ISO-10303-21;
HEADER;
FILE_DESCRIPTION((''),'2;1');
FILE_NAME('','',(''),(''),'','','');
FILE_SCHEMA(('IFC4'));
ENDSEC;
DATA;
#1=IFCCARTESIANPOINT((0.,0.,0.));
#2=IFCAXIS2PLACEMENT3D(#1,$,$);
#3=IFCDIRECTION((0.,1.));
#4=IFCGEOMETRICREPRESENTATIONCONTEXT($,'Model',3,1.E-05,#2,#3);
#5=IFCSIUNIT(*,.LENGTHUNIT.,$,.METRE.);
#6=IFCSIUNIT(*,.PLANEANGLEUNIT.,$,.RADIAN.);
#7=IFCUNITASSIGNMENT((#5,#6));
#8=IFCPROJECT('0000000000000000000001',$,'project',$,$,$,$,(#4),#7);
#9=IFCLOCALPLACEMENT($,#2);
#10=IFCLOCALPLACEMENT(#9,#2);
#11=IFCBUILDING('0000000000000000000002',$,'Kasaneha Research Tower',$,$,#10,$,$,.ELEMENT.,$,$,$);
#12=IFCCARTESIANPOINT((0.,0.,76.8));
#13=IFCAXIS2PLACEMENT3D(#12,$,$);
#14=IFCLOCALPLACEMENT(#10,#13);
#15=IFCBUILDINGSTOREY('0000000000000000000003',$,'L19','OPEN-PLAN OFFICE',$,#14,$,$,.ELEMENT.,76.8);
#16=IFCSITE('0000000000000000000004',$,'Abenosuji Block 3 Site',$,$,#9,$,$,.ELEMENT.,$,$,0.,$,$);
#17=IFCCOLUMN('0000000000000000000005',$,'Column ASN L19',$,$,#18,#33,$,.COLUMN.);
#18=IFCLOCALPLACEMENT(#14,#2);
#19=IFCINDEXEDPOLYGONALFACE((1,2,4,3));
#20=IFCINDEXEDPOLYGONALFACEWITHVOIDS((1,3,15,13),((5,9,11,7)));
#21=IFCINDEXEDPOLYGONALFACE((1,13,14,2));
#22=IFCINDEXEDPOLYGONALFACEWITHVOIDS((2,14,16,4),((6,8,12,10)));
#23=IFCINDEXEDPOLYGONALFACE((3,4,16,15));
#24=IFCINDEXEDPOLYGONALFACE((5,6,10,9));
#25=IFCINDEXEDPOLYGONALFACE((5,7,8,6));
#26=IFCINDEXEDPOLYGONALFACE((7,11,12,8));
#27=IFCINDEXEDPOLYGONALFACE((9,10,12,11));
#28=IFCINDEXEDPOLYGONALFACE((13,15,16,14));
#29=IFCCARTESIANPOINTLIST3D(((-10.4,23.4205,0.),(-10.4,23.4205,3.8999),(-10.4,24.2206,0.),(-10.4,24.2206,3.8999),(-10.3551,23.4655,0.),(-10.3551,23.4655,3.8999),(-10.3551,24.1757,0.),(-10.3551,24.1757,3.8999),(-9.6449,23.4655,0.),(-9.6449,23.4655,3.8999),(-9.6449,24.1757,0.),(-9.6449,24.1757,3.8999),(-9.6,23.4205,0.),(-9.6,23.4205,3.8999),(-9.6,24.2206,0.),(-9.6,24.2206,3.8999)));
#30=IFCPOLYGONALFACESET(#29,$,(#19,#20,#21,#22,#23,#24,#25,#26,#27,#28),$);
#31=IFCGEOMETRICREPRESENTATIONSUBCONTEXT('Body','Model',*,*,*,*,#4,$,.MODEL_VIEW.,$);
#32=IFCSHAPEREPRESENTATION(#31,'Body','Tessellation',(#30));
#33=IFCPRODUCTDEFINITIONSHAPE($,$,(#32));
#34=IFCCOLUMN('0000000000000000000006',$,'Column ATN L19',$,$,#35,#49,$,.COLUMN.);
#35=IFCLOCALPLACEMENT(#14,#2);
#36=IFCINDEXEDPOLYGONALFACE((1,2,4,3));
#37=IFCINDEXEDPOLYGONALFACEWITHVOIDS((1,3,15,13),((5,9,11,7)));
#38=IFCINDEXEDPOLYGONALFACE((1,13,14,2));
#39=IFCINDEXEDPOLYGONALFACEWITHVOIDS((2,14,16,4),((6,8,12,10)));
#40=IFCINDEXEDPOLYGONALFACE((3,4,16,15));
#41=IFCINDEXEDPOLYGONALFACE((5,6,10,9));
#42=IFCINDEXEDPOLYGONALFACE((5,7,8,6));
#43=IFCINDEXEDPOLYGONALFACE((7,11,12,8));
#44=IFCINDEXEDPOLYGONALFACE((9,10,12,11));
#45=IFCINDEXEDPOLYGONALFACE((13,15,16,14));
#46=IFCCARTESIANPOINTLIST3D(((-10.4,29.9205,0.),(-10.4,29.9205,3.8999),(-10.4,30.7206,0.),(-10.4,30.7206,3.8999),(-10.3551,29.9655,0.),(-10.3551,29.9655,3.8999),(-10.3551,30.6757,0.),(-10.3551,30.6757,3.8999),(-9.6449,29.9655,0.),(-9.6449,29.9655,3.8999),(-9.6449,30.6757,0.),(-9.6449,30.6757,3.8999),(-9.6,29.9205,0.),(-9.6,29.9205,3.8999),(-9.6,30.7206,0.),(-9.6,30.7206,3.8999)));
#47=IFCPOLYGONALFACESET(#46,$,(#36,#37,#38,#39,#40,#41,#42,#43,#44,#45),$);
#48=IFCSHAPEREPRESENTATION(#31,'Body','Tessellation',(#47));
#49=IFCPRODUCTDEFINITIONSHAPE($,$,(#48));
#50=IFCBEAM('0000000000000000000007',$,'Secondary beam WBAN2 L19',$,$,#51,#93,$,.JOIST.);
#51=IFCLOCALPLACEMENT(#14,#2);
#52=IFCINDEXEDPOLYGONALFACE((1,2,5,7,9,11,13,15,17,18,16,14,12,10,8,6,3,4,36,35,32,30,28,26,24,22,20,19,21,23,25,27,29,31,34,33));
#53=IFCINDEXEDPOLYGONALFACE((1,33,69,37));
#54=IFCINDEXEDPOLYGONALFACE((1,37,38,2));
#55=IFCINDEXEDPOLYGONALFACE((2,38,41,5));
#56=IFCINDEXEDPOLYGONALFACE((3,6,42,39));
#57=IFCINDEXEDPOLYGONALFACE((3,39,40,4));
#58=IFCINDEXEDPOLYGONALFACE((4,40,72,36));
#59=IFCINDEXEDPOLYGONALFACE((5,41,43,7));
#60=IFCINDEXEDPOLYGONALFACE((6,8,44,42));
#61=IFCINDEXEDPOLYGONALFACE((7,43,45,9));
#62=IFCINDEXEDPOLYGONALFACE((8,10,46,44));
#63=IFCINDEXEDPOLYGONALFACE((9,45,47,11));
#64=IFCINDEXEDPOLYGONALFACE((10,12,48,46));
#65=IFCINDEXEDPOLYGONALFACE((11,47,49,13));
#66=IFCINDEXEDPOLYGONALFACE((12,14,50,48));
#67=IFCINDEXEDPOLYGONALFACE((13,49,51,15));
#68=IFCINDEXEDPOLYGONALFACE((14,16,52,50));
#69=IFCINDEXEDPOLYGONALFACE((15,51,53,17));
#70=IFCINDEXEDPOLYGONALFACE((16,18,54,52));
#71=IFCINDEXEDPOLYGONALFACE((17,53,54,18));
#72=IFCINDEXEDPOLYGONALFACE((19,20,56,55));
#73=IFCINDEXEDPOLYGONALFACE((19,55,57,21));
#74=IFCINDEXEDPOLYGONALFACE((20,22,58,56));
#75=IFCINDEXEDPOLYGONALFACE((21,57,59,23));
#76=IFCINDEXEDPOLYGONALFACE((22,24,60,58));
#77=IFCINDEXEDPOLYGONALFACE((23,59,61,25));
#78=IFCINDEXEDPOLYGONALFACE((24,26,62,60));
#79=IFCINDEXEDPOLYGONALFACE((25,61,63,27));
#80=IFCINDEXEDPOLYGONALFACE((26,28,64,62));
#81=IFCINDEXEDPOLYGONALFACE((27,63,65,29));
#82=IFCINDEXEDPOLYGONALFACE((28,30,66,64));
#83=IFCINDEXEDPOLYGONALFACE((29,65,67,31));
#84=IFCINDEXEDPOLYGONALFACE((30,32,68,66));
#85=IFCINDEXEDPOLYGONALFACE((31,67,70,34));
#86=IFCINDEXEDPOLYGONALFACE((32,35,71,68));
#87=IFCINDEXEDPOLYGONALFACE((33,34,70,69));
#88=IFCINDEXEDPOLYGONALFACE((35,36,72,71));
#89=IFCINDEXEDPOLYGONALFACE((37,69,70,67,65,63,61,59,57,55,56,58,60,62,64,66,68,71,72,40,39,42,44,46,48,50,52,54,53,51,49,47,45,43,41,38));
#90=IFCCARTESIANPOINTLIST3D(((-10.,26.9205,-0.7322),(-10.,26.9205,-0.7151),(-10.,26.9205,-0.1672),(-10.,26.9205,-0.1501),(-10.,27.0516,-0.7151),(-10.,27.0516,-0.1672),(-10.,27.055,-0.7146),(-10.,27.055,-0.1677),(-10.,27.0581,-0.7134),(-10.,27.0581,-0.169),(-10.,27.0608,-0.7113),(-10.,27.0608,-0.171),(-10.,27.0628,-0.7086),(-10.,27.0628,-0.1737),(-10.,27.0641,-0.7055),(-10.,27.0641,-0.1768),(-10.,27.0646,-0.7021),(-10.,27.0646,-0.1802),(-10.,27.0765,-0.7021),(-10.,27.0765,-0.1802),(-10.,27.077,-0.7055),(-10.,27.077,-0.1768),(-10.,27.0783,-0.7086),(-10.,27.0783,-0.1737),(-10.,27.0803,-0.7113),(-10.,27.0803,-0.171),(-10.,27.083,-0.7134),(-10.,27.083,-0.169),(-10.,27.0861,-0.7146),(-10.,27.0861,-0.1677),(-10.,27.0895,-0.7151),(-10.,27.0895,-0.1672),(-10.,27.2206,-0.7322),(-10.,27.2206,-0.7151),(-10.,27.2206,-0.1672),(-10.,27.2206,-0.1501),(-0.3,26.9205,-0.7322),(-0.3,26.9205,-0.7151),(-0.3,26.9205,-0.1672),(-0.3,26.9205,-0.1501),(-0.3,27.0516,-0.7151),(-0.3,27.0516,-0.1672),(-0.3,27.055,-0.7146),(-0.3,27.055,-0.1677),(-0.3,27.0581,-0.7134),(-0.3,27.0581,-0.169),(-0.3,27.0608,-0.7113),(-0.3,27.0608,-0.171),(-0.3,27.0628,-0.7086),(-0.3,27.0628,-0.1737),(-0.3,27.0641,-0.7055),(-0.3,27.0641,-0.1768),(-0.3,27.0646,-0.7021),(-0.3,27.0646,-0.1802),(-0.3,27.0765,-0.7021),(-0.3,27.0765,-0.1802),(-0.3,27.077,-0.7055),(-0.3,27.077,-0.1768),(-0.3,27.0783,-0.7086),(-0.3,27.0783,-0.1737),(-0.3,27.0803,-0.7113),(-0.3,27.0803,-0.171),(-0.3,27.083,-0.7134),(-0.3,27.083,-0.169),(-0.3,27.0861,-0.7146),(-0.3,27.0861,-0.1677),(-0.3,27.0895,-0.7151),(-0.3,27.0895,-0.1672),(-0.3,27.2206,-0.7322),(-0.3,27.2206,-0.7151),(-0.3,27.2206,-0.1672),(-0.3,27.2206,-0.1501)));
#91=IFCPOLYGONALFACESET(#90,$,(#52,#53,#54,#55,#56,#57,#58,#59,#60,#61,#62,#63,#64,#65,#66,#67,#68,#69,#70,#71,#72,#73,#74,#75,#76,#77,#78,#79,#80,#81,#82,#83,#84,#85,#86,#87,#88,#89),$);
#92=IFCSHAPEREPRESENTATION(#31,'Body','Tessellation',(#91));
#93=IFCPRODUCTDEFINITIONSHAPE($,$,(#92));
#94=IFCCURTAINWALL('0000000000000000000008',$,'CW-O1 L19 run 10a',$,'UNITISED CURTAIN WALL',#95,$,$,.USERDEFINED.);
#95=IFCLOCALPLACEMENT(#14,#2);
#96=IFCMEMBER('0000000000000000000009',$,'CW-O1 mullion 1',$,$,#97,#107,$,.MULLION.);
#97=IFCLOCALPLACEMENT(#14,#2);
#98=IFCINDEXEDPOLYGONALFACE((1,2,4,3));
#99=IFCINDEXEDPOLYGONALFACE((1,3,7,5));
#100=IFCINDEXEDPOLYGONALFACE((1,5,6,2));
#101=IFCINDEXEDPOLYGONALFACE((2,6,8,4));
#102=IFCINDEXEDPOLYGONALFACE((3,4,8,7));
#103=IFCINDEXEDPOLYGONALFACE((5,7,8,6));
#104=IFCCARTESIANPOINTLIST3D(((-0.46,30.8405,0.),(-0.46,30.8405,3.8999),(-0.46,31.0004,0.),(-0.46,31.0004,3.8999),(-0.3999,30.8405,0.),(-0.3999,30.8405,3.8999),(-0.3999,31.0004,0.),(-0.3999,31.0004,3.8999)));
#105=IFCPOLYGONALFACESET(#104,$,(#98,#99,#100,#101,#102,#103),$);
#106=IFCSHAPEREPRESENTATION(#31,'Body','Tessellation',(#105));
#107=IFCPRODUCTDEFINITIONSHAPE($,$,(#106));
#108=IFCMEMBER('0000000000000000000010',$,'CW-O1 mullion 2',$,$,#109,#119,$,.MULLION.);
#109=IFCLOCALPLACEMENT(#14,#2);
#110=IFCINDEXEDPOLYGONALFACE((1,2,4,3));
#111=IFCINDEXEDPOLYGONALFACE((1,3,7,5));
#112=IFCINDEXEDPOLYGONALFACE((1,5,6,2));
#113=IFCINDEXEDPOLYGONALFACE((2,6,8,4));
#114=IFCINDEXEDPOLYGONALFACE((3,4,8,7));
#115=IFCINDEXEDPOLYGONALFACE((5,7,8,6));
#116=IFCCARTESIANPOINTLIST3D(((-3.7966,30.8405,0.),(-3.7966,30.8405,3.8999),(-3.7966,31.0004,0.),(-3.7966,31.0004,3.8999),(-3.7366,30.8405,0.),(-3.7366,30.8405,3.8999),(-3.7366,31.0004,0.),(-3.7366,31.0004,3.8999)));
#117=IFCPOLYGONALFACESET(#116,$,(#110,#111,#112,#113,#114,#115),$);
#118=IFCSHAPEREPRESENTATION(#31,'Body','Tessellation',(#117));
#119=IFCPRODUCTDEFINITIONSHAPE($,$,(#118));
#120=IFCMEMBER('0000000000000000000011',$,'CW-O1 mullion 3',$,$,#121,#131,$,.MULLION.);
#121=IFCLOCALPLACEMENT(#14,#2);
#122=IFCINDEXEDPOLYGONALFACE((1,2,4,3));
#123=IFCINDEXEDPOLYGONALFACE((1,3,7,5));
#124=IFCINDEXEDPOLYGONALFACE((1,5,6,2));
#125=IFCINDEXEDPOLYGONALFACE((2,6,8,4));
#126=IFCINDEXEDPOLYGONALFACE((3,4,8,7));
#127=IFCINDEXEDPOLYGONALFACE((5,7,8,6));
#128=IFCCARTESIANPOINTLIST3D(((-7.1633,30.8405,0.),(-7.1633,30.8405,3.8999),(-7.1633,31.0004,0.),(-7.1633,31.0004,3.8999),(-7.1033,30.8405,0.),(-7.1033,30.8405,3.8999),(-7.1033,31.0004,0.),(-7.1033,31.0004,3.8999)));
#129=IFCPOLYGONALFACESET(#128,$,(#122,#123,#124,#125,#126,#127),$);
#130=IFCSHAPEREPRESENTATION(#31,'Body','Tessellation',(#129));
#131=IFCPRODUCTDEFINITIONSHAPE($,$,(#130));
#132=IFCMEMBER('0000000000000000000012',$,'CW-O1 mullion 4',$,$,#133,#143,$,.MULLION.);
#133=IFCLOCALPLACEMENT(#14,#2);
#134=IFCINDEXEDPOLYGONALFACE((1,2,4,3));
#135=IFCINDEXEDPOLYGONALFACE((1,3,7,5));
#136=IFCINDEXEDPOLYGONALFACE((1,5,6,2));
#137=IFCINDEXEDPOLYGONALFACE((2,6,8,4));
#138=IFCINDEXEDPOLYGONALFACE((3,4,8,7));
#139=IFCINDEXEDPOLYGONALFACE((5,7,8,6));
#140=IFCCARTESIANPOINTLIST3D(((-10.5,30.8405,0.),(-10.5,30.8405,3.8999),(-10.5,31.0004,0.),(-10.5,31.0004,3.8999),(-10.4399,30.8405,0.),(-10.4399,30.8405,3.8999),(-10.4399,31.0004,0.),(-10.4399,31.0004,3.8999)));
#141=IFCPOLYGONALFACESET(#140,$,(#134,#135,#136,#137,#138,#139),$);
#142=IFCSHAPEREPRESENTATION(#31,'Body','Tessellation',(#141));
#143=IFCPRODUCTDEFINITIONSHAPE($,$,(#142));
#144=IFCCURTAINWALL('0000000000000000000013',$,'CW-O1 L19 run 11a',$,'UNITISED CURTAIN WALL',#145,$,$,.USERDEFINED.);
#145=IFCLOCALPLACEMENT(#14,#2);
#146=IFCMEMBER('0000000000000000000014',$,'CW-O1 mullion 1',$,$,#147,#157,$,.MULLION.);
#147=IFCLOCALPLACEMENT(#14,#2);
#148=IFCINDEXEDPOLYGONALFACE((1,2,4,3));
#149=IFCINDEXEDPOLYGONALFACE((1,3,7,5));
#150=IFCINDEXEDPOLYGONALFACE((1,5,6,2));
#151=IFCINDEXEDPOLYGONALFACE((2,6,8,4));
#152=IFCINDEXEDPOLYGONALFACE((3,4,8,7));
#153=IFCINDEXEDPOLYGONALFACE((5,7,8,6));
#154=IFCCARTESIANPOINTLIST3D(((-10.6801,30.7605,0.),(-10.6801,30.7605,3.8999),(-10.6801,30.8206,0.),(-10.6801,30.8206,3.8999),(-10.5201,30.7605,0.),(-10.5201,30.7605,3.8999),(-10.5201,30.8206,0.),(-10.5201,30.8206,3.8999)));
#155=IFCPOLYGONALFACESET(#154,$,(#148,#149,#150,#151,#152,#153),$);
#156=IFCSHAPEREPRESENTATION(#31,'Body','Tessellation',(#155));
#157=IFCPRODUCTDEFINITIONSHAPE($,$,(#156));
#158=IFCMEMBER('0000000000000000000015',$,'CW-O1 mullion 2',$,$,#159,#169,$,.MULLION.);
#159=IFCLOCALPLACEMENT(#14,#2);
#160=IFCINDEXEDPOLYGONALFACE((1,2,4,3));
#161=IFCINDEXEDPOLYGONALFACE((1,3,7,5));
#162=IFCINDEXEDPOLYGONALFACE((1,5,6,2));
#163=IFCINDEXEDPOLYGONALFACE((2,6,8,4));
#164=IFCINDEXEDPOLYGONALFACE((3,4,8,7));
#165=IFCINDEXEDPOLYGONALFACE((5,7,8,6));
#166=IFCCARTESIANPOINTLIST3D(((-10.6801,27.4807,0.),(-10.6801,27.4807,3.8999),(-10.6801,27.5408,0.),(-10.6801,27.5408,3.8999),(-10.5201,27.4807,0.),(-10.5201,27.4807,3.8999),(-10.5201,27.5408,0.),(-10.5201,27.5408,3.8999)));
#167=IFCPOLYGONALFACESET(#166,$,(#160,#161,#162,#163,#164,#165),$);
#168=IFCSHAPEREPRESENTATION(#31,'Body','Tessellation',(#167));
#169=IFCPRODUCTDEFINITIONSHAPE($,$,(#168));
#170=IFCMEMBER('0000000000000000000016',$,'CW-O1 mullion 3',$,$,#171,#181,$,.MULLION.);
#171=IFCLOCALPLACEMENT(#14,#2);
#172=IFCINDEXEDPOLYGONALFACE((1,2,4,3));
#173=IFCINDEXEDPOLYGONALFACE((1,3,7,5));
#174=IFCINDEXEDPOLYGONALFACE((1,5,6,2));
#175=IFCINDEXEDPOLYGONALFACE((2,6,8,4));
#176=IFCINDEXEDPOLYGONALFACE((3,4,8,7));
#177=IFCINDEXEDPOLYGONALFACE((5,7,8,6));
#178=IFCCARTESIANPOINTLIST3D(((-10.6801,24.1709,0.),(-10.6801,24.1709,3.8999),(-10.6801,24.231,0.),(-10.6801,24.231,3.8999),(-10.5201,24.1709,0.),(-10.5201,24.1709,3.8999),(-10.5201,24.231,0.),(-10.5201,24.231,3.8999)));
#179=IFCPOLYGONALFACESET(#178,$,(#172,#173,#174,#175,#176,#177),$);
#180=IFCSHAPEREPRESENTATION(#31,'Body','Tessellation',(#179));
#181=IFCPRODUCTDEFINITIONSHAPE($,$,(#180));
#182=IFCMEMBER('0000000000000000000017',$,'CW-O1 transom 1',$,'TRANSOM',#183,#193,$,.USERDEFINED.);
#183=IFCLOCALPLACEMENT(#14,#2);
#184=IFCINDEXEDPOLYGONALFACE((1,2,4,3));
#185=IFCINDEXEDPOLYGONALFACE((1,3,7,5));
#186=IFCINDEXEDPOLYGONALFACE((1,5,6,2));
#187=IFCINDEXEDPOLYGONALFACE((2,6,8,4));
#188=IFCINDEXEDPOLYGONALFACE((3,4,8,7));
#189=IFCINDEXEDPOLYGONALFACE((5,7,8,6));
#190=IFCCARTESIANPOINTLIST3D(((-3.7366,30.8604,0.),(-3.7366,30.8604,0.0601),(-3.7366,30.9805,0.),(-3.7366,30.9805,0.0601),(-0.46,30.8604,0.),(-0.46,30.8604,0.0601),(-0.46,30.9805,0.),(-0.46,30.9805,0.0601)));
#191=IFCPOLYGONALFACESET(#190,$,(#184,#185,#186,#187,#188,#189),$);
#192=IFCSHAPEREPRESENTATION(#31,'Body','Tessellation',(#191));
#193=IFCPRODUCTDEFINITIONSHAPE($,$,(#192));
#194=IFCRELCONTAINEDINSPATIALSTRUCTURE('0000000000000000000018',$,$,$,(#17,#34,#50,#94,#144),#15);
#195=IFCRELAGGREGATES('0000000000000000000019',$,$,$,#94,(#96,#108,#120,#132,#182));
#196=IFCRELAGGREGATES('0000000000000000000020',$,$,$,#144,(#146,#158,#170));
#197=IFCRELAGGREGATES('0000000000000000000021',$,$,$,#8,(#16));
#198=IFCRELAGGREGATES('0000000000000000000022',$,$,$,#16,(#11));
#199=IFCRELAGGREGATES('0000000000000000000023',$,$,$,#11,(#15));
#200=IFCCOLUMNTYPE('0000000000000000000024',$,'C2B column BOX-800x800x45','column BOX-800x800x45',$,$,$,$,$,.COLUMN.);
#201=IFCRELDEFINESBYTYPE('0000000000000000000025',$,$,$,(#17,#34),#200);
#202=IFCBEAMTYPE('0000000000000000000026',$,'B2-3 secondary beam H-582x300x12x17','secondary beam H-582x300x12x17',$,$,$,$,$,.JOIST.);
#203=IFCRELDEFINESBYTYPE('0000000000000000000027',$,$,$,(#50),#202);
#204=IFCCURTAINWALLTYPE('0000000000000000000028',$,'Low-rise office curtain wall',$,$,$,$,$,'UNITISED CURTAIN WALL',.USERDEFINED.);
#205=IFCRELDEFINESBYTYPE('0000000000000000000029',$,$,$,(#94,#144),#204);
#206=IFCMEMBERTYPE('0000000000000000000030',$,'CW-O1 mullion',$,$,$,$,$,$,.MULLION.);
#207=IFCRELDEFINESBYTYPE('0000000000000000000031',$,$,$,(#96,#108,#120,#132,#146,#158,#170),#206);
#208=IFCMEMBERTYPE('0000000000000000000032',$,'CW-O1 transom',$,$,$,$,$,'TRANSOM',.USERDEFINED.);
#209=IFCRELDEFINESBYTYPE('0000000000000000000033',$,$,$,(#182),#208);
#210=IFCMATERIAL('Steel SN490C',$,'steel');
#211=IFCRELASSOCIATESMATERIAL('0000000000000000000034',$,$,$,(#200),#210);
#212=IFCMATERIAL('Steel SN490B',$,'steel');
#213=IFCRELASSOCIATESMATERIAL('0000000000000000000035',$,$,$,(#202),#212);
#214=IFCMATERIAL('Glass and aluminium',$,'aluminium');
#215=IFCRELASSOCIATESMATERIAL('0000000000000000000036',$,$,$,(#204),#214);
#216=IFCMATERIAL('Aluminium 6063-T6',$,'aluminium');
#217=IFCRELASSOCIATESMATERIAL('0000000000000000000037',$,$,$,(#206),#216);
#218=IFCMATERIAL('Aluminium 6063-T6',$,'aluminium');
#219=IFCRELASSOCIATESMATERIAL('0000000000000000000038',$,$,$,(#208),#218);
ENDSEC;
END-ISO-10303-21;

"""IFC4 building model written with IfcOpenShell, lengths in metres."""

from ifc_helpers import new_model, si_unit, direction, frame, origin, origin_2d, place, context, subcontext, project, spatial, rectangle, hollow_rectangle, i_section, extrude, material, material_profile, profile_set, type_object, element, aggregate, save


model = new_model("IFC4")

# Units and contexts
model_context = context("Model", 3, precision=1e-05, world=origin(), true_north=direction((0.0, 1.0)))
body_context = subcontext(model_context, "Body", "Model", "MODEL_VIEW")
ifc_project = project(units=[si_unit("LENGTHUNIT", "METRE"), si_unit("PLANEANGLEUNIT", "RADIAN")], contexts=[model_context])

# Site, building, storey
site_placement = place(None, origin())
site = spatial("IfcSite", under=ifc_project, at=site_placement, Name="Abenosuji Block 3 Site", CompositionType="ELEMENT", RefElevation=0.0)
building_placement = place(site_placement, origin())
building = spatial("IfcBuilding", under=site, at=building_placement, Name="Kasaneha Research Tower", CompositionType="ELEMENT")
storey_placement = place(building_placement, frame((0.0, 0.0, 76.8)))
storey = spatial("IfcBuildingStorey", under=building, at=storey_placement, Name="L19", Description="OPEN-PLAN OFFICE", CompositionType="ELEMENT", Elevation=76.8)

# Columns
ifc_material_1 = material(Name="Steel SN490C", Category="steel")
ifc_material_profile_1 = material_profile(ifc_material_1, hollow_rectangle(XDim=0.8, YDim=0.8, WallThickness=0.0449, at=origin_2d()), Name="BOX-800x800x45")
ifc_profile_set_1 = profile_set([ifc_material_profile_1], Name="Steel SN490C")
column_type = type_object("IfcColumnType", Name="C2B column BOX-800x800x45", Description="column BOX-800x800x45", PredefinedType="COLUMN", material=ifc_profile_set_1)
for number, where, z_axis, x_axis, name in (
    (1, (-10.0, 23.8206, 0.0), (0.0, 0.0, 1.0), (1.0, 0.0, 0.0), "Column ASN L19"),
    (2, (-10.0, 30.3206, 0.0), (0.0, 0.0, 1.0), (1.0, 0.0, 0.0), "Column ATN L19"),
):
    element("IfcColumn", number, at=place(storey_placement, frame(where, z_axis=z_axis, x_axis=x_axis)), inside=storey, type_object=column_type, Name=name, PredefinedType="COLUMN", context=body_context, shape_type="SweptSolid", body=[
        extrude(hollow_rectangle(XDim=0.8, YDim=0.8, WallThickness=0.0449, at=origin_2d()), origin(), (0.0, 0.0, 1.0), 3.8999),
    ])

# Beam
ifc_material_2 = material(Name="Steel SN490B", Category="steel")
ifc_material_profile_2 = material_profile(ifc_material_2, i_section(OverallWidth=0.3, OverallDepth=0.582, WebThickness=0.012, FlangeThickness=0.0171, FilletRadius=0.0129, at=origin_2d()), Name="H-582x300x12x17")
ifc_profile_set_2 = profile_set([ifc_material_profile_2], Name="Steel SN490B")
beam_type_1 = type_object("IfcBeamType", Name="B2-3 secondary beam H-582x300x12x17", Description="secondary beam H-582x300x12x17", PredefinedType="JOIST", material=ifc_profile_set_2)
beam_1_placement = place(storey_placement, frame((-10.0, 27.0706, -0.4412), z_axis=(1.0, 0.0, 0.0), x_axis=(0.0, 1.0, 0.0)))
element("IfcBeam", 3, at=beam_1_placement, inside=storey, type_object=beam_type_1, Name="Secondary beam WBAN2 L19", PredefinedType="JOIST", context=body_context, shape_type="SweptSolid", body=[
    extrude(i_section(OverallWidth=0.3, OverallDepth=0.582, WebThickness=0.012, FlangeThickness=0.0171, FilletRadius=0.0129, at=origin_2d()), origin(), (0.0, 0.0, 1.0), 9.7),
])

# Curtain walls, members
ifc_material_3 = material(Name="Glass and aluminium", Category="aluminium")
curtain_wall_type = type_object("IfcCurtainWallType", Name="Low-rise office curtain wall", ElementType="UNITISED CURTAIN WALL", PredefinedType="USERDEFINED", material=ifc_material_3)
curtain_wall_1_placement = place(storey_placement, origin())
curtain_wall_1 = element("IfcCurtainWall", 4, at=curtain_wall_1_placement, inside=storey, type_object=curtain_wall_type, Name="CW-O1 L19 run 10a", ObjectType="UNITISED CURTAIN WALL", PredefinedType="USERDEFINED")
ifc_material_4 = material(Name="Aluminium 6063-T6", Category="aluminium")
ifc_material_profile_3 = material_profile(ifc_material_4, rectangle(XDim=0.0601, YDim=0.1599, at=origin_2d()), Name="CW-O1 mullion 60x160")
ifc_profile_set_3 = profile_set([ifc_material_profile_3], Name="Aluminium 6063-T6")
member_type_1 = type_object("IfcMemberType", Name="CW-O1 mullion", PredefinedType="MULLION", material=ifc_profile_set_3)
member_1_placement = place(storey_placement, frame((-0.4299, 30.9204, 0.0), z_axis=(0.0, 0.0, 1.0), x_axis=(-1.0, 0.0, 0.0)))
member_1 = element("IfcMember", 5, at=member_1_placement, type_object=member_type_1, Name="CW-O1 mullion 1", PredefinedType="MULLION", context=body_context, shape_type="SweptSolid", body=[
    extrude(rectangle(XDim=0.0601, YDim=0.1599, at=origin_2d()), origin(), (0.0, 0.0, 1.0), 3.8999),
])
member_2_placement = place(storey_placement, frame((-3.7666, 30.9204, 0.0), z_axis=(0.0, 0.0, 1.0), x_axis=(-1.0, 0.0, 0.0)))
member_2 = element("IfcMember", 6, at=member_2_placement, type_object=member_type_1, Name="CW-O1 mullion 2", PredefinedType="MULLION", context=body_context, shape_type="SweptSolid", body=[
    extrude(rectangle(XDim=0.0601, YDim=0.1599, at=origin_2d()), origin(), (0.0, 0.0, 1.0), 3.8999),
])
member_3_placement = place(storey_placement, frame((-7.1333, 30.9204, 0.0), z_axis=(0.0, 0.0, 1.0), x_axis=(-1.0, 0.0, 0.0)))
member_3 = element("IfcMember", 7, at=member_3_placement, type_object=member_type_1, Name="CW-O1 mullion 3", PredefinedType="MULLION", context=body_context, shape_type="SweptSolid", body=[
    extrude(rectangle(XDim=0.0601, YDim=0.1599, at=origin_2d()), origin(), (0.0, 0.0, 1.0), 3.8999),
])
member_4_placement = place(storey_placement, frame((-10.47, 30.9204, 0.0), z_axis=(0.0, 0.0, 1.0), x_axis=(-1.0, 0.0, 0.0)))
member_4 = element("IfcMember", 8, at=member_4_placement, type_object=member_type_1, Name="CW-O1 mullion 4", PredefinedType="MULLION", context=body_context, shape_type="SweptSolid", body=[
    extrude(rectangle(XDim=0.0601, YDim=0.1599, at=origin_2d()), origin(), (0.0, 0.0, 1.0), 3.8999),
])
curtain_wall_2_placement = place(storey_placement, origin())
curtain_wall_2 = element("IfcCurtainWall", 9, at=curtain_wall_2_placement, inside=storey, type_object=curtain_wall_type, Name="CW-O1 L19 run 11a", ObjectType="UNITISED CURTAIN WALL", PredefinedType="USERDEFINED")
member_5_placement = place(storey_placement, frame((-10.6001, 30.7905, 0.0), z_axis=(0.0, 0.0, 1.0), x_axis=(0.0, -1.0, 0.0)))
member_5 = element("IfcMember", 10, at=member_5_placement, type_object=member_type_1, Name="CW-O1 mullion 1", PredefinedType="MULLION", context=body_context, shape_type="SweptSolid", body=[
    extrude(rectangle(XDim=0.0601, YDim=0.1599, at=origin_2d()), origin(), (0.0, 0.0, 1.0), 3.8999),
])
member_6_placement = place(storey_placement, frame((-10.6001, 27.5107, 0.0), z_axis=(0.0, 0.0, 1.0), x_axis=(0.0, -1.0, 0.0)))
member_6 = element("IfcMember", 11, at=member_6_placement, type_object=member_type_1, Name="CW-O1 mullion 2", PredefinedType="MULLION", context=body_context, shape_type="SweptSolid", body=[
    extrude(rectangle(XDim=0.0601, YDim=0.1599, at=origin_2d()), origin(), (0.0, 0.0, 1.0), 3.8999),
])
member_7_placement = place(storey_placement, frame((-10.6001, 24.2009, 0.0), z_axis=(0.0, 0.0, 1.0), x_axis=(0.0, -1.0, 0.0)))
member_7 = element("IfcMember", 12, at=member_7_placement, type_object=member_type_1, Name="CW-O1 mullion 3", PredefinedType="MULLION", context=body_context, shape_type="SweptSolid", body=[
    extrude(rectangle(XDim=0.0601, YDim=0.1599, at=origin_2d()), origin(), (0.0, 0.0, 1.0), 3.8999),
])

# Member
ifc_material_5 = material(Name="Aluminium 6063-T6", Category="aluminium")
ifc_material_profile_4 = material_profile(ifc_material_5, rectangle(XDim=0.1201, YDim=0.0601, at=origin_2d()), Name="CW-O1 transom 120x60")
ifc_profile_set_4 = profile_set([ifc_material_profile_4], Name="Aluminium 6063-T6")
member_type_2 = type_object("IfcMemberType", Name="CW-O1 transom", ElementType="TRANSOM", PredefinedType="USERDEFINED", material=ifc_profile_set_4)
member_8_placement = place(storey_placement, frame((-0.46, 30.9204, 0.03), z_axis=(-1.0, 0.0, 0.0), x_axis=(0.0, -1.0, 0.0)))
member_8 = element("IfcMember", 13, at=member_8_placement, type_object=member_type_2, Name="CW-O1 transom 1", ObjectType="TRANSOM", PredefinedType="USERDEFINED", context=body_context, shape_type="SweptSolid", body=[
    extrude(rectangle(XDim=0.1201, YDim=0.0601, at=origin_2d()), origin(), (0.0, 0.0, 1.0), 3.2766),
])

aggregate(curtain_wall_1, [member_1, member_2, member_3, member_4, member_8])
aggregate(curtain_wall_2, [member_5, member_6, member_7])

save(model, "model.ifc")
